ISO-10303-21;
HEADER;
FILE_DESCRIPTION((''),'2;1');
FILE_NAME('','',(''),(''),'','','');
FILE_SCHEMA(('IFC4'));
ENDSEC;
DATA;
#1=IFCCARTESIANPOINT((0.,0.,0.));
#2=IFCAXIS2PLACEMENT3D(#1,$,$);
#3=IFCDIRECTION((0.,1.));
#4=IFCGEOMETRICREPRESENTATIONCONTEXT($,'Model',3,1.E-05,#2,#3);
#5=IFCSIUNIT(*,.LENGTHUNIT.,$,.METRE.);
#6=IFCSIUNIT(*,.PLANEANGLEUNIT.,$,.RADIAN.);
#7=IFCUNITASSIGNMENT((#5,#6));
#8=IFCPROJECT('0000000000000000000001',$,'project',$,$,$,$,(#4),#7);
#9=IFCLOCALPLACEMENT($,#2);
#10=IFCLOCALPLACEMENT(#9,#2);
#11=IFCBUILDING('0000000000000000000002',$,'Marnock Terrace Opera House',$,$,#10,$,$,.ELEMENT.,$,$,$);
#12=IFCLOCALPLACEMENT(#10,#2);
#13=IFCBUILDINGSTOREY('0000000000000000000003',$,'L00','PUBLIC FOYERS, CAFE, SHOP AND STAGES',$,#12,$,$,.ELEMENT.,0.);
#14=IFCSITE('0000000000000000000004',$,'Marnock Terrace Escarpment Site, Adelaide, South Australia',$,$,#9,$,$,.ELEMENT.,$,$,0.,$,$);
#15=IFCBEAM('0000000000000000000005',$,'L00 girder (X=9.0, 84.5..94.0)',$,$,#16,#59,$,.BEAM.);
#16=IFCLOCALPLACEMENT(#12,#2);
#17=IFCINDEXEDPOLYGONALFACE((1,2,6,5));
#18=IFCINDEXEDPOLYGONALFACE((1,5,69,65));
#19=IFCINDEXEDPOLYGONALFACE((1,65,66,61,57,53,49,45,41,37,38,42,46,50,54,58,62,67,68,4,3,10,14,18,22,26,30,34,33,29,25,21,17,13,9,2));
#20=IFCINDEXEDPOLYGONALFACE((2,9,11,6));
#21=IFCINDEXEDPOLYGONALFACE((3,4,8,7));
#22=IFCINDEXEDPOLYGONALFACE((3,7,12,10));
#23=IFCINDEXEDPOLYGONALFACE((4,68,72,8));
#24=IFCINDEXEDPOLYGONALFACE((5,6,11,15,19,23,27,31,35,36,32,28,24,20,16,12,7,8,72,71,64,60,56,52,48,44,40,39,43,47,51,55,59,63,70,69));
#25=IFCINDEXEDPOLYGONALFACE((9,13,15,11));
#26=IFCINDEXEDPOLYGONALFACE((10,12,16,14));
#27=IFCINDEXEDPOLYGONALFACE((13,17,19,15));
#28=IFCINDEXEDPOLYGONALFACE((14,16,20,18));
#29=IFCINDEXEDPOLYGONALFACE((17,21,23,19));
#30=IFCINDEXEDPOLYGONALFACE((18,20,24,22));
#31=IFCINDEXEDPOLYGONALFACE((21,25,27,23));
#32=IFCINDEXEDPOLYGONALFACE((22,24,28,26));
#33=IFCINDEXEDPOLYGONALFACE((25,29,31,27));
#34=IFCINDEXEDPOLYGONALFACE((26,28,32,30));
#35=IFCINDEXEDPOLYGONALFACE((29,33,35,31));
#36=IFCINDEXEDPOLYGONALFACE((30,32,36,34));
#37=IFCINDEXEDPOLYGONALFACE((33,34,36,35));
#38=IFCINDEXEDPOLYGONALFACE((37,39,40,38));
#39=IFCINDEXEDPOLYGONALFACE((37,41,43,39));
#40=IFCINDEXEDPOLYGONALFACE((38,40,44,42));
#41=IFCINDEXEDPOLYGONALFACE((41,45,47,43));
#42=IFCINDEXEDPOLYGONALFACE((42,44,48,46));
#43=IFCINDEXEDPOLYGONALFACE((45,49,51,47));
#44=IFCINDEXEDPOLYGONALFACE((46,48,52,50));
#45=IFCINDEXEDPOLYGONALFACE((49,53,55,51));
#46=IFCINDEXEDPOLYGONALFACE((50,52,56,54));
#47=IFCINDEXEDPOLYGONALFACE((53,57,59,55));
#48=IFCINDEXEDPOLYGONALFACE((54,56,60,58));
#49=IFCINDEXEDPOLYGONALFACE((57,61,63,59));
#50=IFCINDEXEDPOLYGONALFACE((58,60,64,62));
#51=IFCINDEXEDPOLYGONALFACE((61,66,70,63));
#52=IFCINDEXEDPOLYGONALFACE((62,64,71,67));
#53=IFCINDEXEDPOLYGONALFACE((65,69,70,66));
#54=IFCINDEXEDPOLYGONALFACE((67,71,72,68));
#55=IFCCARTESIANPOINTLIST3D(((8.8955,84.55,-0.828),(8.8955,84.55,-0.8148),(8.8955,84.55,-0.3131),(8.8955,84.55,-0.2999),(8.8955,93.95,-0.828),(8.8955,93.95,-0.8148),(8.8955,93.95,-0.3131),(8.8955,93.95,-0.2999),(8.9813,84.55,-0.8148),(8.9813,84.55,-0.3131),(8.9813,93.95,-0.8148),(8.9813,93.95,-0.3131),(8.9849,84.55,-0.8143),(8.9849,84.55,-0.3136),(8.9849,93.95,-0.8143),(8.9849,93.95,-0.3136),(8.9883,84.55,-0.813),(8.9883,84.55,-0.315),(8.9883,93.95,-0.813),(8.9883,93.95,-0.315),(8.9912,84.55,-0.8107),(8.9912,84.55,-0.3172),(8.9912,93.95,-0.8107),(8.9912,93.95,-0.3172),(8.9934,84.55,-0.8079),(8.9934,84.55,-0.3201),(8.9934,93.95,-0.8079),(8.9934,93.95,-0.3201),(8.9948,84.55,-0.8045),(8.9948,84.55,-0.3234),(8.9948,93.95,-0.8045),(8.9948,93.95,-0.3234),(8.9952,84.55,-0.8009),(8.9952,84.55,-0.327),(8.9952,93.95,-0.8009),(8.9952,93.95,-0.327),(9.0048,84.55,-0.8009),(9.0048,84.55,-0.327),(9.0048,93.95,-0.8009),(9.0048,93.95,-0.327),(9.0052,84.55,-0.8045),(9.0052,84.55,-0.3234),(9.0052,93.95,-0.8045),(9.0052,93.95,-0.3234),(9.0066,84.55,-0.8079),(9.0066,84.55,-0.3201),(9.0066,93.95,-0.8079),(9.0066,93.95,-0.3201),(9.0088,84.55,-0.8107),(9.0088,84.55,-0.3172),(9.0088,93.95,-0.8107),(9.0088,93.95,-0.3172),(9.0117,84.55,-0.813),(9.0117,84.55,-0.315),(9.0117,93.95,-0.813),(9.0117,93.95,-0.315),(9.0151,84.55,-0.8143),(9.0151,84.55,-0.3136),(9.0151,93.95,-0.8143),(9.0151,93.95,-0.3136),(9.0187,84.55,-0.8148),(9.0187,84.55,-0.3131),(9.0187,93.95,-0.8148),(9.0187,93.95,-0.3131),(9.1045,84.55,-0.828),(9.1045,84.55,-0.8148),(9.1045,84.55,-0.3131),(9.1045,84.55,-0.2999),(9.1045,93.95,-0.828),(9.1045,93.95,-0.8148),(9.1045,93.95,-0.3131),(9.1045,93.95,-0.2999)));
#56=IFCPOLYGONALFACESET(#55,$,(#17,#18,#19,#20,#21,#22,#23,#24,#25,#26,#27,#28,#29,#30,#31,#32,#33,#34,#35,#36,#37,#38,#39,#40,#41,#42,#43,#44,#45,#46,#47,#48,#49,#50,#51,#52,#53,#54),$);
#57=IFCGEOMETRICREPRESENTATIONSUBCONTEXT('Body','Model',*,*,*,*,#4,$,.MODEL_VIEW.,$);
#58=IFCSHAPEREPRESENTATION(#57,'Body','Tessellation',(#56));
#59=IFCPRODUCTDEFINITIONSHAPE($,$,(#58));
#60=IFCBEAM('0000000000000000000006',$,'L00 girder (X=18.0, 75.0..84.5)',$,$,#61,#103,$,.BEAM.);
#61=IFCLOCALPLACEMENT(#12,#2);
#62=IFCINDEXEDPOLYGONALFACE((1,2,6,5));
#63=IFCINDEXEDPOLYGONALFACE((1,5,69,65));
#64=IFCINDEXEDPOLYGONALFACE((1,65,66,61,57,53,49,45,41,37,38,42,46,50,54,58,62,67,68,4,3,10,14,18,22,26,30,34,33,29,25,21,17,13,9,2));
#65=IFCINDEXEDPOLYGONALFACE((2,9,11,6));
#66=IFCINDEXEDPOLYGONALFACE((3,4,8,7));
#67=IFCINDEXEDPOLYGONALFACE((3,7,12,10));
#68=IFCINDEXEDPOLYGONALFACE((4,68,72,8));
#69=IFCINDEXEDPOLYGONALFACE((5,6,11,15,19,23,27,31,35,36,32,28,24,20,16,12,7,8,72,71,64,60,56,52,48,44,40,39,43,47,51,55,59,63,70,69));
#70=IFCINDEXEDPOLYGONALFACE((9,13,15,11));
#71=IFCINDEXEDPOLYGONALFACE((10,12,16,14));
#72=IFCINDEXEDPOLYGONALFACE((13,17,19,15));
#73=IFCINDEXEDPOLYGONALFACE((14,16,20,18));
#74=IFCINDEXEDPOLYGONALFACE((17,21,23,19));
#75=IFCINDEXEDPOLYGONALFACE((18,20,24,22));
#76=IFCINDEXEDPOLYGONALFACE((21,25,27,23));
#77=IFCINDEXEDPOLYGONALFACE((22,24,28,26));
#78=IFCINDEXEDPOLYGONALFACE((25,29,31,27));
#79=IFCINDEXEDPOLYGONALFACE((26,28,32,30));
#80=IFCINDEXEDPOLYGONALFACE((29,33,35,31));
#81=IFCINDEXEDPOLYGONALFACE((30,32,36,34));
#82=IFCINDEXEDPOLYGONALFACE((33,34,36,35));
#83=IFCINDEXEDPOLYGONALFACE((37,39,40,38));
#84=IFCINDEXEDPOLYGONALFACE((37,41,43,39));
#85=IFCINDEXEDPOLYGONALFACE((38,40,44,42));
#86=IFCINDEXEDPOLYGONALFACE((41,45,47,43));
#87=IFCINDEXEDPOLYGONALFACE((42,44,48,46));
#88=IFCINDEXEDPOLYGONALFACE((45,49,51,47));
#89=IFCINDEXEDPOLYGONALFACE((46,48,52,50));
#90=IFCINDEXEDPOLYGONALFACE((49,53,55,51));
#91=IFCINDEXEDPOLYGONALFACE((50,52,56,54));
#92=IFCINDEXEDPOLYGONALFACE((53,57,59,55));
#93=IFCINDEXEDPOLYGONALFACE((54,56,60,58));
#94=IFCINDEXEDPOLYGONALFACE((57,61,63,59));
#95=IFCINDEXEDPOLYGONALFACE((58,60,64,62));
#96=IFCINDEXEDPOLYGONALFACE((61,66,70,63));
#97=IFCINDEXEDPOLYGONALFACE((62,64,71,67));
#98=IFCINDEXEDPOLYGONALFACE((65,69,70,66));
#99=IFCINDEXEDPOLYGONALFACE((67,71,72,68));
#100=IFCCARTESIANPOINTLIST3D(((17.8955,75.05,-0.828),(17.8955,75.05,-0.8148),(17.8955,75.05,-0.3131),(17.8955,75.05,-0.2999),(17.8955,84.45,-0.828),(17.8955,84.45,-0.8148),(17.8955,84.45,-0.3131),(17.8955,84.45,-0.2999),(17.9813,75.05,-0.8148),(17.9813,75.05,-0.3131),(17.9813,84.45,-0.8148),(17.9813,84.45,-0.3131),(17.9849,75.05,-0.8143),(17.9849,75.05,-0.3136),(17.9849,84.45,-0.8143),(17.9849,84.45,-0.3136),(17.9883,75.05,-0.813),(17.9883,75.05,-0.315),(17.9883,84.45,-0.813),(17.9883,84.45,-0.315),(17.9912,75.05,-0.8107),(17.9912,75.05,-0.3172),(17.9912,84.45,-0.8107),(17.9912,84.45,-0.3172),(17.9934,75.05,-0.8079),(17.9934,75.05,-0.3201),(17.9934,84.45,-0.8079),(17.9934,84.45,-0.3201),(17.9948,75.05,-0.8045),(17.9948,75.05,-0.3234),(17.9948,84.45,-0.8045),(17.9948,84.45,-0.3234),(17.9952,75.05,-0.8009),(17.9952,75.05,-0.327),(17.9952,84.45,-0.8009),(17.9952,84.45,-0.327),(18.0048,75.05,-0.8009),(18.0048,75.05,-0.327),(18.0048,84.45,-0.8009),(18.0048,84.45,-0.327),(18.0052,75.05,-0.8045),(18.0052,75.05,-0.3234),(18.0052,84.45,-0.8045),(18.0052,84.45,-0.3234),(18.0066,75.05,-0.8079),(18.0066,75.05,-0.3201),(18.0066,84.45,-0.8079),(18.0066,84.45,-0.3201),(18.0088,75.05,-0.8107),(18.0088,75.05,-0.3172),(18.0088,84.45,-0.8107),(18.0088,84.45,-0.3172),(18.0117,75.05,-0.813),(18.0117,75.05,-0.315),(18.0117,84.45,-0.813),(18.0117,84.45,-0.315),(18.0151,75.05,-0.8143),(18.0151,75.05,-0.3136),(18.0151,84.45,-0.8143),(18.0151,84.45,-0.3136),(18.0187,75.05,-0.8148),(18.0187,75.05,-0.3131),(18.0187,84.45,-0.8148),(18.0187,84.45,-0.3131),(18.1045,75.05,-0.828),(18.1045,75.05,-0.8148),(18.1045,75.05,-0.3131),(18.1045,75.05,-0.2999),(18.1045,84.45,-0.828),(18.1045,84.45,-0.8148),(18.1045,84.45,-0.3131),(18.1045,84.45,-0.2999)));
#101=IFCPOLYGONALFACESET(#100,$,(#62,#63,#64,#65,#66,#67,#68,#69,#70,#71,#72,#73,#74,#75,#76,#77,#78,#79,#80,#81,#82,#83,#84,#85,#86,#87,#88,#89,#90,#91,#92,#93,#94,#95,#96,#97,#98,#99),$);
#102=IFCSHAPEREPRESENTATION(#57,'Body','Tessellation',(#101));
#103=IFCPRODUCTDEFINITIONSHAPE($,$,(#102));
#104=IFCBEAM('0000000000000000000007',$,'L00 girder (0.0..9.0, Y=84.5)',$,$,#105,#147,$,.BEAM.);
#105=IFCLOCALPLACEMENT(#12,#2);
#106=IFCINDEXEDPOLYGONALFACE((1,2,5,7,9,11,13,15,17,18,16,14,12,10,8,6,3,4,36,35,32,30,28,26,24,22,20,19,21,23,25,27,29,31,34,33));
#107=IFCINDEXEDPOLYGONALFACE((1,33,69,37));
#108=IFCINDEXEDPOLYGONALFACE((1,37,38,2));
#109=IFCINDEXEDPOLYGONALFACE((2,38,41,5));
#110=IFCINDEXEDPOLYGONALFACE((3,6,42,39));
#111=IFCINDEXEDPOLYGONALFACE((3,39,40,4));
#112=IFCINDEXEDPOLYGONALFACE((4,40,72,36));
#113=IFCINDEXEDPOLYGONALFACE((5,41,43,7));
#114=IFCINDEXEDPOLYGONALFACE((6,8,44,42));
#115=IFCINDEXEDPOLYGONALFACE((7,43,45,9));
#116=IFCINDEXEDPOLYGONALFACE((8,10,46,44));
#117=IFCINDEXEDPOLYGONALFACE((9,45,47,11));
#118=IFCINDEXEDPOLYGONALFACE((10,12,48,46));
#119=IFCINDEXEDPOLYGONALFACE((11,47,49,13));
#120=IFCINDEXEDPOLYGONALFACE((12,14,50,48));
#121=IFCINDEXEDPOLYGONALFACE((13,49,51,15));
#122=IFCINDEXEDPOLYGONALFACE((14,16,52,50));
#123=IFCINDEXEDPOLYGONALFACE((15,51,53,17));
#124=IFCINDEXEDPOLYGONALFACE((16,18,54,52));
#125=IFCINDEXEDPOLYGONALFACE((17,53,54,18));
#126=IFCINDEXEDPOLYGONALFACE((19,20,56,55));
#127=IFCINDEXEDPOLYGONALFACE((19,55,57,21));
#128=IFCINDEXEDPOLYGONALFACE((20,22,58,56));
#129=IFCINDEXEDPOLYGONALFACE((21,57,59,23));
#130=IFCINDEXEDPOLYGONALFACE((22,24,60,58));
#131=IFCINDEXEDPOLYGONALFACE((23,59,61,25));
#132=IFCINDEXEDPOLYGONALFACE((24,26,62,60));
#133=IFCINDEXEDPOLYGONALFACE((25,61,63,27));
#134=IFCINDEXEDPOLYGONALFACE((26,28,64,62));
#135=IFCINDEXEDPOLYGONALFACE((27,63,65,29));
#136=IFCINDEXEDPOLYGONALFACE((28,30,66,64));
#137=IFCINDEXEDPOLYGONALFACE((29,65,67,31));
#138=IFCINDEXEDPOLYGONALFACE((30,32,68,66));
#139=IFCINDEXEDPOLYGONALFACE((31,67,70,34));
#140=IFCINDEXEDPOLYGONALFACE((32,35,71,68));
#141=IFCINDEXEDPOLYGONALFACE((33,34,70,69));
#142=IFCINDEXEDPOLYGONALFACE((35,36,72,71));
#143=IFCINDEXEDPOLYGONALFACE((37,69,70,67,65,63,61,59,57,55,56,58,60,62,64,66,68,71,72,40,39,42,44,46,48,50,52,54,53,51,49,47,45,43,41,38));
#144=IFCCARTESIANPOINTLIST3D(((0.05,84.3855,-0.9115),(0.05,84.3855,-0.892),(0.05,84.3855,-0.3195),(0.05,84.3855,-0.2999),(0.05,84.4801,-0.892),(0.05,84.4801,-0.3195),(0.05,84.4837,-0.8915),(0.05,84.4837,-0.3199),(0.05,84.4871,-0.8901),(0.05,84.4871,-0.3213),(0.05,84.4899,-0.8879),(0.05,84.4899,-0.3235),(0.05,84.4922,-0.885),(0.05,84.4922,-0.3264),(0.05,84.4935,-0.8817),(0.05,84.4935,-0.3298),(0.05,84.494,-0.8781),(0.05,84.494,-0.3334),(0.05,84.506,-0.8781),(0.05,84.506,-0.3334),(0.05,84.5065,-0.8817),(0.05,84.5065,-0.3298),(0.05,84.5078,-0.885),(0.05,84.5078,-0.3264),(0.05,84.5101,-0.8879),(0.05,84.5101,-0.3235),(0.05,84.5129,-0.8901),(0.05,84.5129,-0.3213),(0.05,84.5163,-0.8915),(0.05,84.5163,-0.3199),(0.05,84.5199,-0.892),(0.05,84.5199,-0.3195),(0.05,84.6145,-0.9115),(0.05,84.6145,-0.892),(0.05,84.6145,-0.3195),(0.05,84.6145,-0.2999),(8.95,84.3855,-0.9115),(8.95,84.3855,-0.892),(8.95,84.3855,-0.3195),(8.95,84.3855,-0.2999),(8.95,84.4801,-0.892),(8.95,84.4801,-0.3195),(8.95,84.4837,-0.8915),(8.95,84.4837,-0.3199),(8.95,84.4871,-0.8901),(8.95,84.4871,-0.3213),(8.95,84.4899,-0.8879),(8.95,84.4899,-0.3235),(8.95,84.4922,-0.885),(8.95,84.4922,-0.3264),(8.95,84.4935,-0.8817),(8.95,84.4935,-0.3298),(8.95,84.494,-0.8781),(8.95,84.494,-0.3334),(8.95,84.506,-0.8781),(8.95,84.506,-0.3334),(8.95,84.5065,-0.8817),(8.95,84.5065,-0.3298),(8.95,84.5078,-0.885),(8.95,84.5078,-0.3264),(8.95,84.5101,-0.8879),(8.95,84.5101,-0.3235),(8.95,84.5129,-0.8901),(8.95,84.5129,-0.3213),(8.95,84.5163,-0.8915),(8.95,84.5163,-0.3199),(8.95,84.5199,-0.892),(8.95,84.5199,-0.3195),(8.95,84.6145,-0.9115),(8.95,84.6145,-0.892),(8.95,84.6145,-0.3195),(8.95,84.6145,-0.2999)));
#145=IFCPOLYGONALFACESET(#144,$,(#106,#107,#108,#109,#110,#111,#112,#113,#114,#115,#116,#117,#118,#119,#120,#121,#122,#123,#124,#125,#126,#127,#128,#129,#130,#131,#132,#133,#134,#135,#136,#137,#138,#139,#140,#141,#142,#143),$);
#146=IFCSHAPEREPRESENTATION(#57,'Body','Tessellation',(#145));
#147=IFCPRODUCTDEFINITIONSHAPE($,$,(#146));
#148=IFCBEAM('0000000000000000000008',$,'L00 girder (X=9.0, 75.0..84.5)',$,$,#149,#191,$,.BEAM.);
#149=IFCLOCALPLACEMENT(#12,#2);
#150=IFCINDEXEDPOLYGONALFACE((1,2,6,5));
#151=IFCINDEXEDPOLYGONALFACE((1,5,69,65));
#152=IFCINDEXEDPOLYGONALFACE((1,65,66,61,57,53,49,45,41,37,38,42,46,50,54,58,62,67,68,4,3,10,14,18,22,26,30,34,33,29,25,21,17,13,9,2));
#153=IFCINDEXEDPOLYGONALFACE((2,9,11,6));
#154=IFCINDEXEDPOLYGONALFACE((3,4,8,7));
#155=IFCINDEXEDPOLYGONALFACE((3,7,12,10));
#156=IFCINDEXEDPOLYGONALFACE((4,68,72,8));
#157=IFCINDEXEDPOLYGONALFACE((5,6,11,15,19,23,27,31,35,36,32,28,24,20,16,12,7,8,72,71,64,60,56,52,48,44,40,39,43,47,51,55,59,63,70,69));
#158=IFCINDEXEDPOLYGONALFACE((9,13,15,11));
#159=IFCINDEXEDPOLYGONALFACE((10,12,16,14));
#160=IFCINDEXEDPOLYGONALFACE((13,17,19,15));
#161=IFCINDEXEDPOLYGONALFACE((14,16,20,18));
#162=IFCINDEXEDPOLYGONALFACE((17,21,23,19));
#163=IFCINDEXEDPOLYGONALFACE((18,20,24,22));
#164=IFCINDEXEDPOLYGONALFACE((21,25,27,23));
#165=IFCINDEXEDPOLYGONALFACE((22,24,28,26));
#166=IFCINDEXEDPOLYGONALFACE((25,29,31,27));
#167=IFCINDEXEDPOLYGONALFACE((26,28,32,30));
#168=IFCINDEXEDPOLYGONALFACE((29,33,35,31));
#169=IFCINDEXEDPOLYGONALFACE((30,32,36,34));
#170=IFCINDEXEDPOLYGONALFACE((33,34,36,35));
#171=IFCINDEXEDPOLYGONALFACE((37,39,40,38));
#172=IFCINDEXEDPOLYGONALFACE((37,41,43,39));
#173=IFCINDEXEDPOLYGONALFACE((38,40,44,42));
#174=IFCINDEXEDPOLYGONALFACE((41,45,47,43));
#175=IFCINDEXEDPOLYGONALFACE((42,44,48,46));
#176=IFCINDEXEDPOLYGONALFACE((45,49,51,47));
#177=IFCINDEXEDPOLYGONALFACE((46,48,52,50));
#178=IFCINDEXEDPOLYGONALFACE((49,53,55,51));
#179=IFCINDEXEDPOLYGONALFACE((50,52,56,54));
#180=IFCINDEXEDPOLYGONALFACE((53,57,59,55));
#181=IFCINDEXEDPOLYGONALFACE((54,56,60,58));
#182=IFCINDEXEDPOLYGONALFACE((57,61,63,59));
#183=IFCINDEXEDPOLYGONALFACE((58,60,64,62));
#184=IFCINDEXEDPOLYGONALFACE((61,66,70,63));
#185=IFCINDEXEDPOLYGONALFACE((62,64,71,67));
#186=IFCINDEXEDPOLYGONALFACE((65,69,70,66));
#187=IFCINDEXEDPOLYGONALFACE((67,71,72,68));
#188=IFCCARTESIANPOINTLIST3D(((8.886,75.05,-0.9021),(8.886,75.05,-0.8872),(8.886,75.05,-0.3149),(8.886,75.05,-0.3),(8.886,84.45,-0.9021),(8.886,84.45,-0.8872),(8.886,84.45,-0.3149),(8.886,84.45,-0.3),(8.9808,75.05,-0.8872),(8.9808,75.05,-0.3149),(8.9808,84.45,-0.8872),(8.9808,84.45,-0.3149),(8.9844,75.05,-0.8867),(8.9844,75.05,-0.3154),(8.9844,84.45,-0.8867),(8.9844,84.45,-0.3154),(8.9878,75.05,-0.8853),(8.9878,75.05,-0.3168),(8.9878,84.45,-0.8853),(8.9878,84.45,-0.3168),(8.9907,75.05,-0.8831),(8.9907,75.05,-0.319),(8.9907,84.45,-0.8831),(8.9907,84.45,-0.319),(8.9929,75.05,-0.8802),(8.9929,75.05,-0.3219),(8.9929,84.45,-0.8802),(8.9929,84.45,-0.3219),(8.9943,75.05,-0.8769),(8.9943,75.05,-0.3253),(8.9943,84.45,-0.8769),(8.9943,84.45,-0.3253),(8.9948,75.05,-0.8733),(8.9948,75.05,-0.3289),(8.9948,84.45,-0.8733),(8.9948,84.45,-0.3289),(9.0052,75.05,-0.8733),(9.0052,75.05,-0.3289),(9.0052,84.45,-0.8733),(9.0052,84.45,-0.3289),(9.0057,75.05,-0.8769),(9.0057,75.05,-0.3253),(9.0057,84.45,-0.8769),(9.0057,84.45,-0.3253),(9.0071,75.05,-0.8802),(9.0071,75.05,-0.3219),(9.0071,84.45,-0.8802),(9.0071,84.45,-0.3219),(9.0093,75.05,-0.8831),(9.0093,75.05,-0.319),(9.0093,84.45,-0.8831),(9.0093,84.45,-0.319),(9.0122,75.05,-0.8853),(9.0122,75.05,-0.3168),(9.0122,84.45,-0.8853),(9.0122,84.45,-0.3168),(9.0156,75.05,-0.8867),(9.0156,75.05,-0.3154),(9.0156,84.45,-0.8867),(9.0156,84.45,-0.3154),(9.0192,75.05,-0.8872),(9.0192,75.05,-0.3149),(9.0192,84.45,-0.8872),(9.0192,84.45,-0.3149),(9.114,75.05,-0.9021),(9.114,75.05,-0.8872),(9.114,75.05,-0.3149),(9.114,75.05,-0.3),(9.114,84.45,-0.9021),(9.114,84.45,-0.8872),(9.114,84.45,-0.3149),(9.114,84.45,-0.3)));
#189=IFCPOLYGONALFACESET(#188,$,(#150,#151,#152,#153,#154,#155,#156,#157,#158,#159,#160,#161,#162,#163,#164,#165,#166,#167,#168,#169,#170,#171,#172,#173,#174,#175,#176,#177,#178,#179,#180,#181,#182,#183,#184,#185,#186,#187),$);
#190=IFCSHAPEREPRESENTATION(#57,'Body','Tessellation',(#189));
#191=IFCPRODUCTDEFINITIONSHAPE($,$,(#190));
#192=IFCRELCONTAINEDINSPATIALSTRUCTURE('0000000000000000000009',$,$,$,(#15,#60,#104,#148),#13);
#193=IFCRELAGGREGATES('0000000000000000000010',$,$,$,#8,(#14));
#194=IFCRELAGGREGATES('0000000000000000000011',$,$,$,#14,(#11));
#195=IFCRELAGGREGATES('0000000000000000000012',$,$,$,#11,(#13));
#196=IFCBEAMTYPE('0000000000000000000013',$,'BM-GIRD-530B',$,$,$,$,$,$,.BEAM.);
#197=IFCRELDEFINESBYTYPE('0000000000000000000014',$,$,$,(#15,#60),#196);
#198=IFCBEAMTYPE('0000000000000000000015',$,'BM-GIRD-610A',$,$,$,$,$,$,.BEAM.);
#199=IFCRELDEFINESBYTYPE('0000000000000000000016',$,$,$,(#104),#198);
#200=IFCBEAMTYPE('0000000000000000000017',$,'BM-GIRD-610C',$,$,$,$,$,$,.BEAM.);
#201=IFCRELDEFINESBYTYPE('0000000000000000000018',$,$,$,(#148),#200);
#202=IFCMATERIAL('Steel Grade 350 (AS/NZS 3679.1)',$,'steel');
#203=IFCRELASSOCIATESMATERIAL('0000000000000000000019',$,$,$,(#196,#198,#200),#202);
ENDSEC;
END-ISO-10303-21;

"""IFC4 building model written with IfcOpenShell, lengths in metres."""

from ifc_helpers import new_model, si_unit, direction, frame, origin, origin_2d, place, context, subcontext, project, spatial, i_section, extrude, material, material_profile, profile_set, type_object, element, save


model = new_model("IFC4")

# Units and contexts
model_context = context("Model", 3, precision=1e-05, world=origin(), true_north=direction((0.0, 1.0)))
body_context = subcontext(model_context, "Body", "Model", "MODEL_VIEW")
ifc_project = project(units=[si_unit("LENGTHUNIT", "METRE"), si_unit("PLANEANGLEUNIT", "RADIAN")], contexts=[model_context])

# Site, building, storey
site_placement = place(None, origin())
site = spatial("IfcSite", under=ifc_project, at=site_placement, Name="Marnock Terrace Escarpment Site, Adelaide, South Australia", CompositionType="ELEMENT", RefElevation=0.0)
building_placement = place(site_placement, origin())
building = spatial("IfcBuilding", under=site, at=building_placement, Name="Marnock Terrace Opera House", CompositionType="ELEMENT")
storey_placement = place(building_placement, origin())
storey = spatial("IfcBuildingStorey", under=building, at=storey_placement, Name="L00", Description="PUBLIC FOYERS, CAFE, SHOP AND STAGES", CompositionType="ELEMENT", Elevation=0.0)

# Shared definitions
ifc_material_1 = material(Name="Steel Grade 350 (AS/NZS 3679.1)", Category="steel")

# Beams
ifc_material_profile_1 = material_profile(ifc_material_1, i_section(OverallWidth=0.209, OverallDepth=0.5281, WebThickness=0.0095, FlangeThickness=0.0132, FilletRadius=0.0139, at=origin_2d()))
ifc_profile_set_1 = profile_set([ifc_material_profile_1], Name="Steel Grade 350 (AS/NZS 3679.1)")
beam_type_1 = type_object("IfcBeamType", Name="BM-GIRD-530B", PredefinedType="BEAM", material=ifc_profile_set_1)
for number, where, z_axis, x_axis, name in (
    (1, (9.0, 84.55, -0.564), (0.0, 1.0, 0.0), (-1.0, 0.0, 0.0), "L00 girder (X=9.0, 84.5..94.0)"),
    (2, (18.0, 75.05, -0.564), (0.0, 1.0, 0.0), (-1.0, 0.0, 0.0), "L00 girder (X=18.0, 75.0..84.5)"),
):
    element("IfcBeam", number, at=place(storey_placement, frame(where, z_axis=z_axis, x_axis=x_axis)), inside=storey, type_object=beam_type_1, Name=name, PredefinedType="BEAM", context=body_context, shape_type="SweptSolid", body=[
        extrude(i_section(OverallWidth=0.209, OverallDepth=0.5281, WebThickness=0.0095, FlangeThickness=0.0132, FilletRadius=0.0139, at=origin_2d()), origin(), (0.0, 0.0, 1.0), 9.3999),
    ])
ifc_material_profile_2 = material_profile(ifc_material_1, i_section(OverallWidth=0.229, OverallDepth=0.6116, WebThickness=0.012, FlangeThickness=0.0195, FilletRadius=0.0139, at=origin_2d()))
ifc_profile_set_2 = profile_set([ifc_material_profile_2], Name="Steel Grade 350 (AS/NZS 3679.1)")
beam_type_2 = type_object("IfcBeamType", Name="BM-GIRD-610A", PredefinedType="BEAM", material=ifc_profile_set_2)
beam_1_placement = place(storey_placement, frame((0.05, 84.5, -0.6057), z_axis=(1.0, 0.0, 0.0), x_axis=(0.0, 1.0, 0.0)))
element("IfcBeam", 3, at=beam_1_placement, inside=storey, type_object=beam_type_2, Name="L00 girder (0.0..9.0, Y=84.5)", PredefinedType="BEAM", context=body_context, shape_type="SweptSolid", body=[
    extrude(i_section(OverallWidth=0.229, OverallDepth=0.6116, WebThickness=0.012, FlangeThickness=0.0195, FilletRadius=0.0139, at=origin_2d()), origin(), (0.0, 0.0, 1.0), 8.8999),
])
ifc_material_profile_3 = material_profile(ifc_material_1, i_section(OverallWidth=0.228, OverallDepth=0.6021, WebThickness=0.0105, FlangeThickness=0.0149, FilletRadius=0.0139, at=origin_2d()))
ifc_profile_set_3 = profile_set([ifc_material_profile_3], Name="Steel Grade 350 (AS/NZS 3679.1)")
beam_type_3 = type_object("IfcBeamType", Name="BM-GIRD-610C", PredefinedType="BEAM", material=ifc_profile_set_3)
beam_2_placement = place(storey_placement, frame((9.0, 75.05, -0.6011), z_axis=(0.0, 1.0, 0.0), x_axis=(-1.0, 0.0, 0.0)))
element("IfcBeam", 4, at=beam_2_placement, inside=storey, type_object=beam_type_3, Name="L00 girder (X=9.0, 75.0..84.5)", PredefinedType="BEAM", context=body_context, shape_type="SweptSolid", body=[
    extrude(i_section(OverallWidth=0.228, OverallDepth=0.6021, WebThickness=0.0105, FlangeThickness=0.0149, FilletRadius=0.0139, at=origin_2d()), origin(), (0.0, 0.0, 1.0), 9.3999),
])

save(model, "model.ifc")
